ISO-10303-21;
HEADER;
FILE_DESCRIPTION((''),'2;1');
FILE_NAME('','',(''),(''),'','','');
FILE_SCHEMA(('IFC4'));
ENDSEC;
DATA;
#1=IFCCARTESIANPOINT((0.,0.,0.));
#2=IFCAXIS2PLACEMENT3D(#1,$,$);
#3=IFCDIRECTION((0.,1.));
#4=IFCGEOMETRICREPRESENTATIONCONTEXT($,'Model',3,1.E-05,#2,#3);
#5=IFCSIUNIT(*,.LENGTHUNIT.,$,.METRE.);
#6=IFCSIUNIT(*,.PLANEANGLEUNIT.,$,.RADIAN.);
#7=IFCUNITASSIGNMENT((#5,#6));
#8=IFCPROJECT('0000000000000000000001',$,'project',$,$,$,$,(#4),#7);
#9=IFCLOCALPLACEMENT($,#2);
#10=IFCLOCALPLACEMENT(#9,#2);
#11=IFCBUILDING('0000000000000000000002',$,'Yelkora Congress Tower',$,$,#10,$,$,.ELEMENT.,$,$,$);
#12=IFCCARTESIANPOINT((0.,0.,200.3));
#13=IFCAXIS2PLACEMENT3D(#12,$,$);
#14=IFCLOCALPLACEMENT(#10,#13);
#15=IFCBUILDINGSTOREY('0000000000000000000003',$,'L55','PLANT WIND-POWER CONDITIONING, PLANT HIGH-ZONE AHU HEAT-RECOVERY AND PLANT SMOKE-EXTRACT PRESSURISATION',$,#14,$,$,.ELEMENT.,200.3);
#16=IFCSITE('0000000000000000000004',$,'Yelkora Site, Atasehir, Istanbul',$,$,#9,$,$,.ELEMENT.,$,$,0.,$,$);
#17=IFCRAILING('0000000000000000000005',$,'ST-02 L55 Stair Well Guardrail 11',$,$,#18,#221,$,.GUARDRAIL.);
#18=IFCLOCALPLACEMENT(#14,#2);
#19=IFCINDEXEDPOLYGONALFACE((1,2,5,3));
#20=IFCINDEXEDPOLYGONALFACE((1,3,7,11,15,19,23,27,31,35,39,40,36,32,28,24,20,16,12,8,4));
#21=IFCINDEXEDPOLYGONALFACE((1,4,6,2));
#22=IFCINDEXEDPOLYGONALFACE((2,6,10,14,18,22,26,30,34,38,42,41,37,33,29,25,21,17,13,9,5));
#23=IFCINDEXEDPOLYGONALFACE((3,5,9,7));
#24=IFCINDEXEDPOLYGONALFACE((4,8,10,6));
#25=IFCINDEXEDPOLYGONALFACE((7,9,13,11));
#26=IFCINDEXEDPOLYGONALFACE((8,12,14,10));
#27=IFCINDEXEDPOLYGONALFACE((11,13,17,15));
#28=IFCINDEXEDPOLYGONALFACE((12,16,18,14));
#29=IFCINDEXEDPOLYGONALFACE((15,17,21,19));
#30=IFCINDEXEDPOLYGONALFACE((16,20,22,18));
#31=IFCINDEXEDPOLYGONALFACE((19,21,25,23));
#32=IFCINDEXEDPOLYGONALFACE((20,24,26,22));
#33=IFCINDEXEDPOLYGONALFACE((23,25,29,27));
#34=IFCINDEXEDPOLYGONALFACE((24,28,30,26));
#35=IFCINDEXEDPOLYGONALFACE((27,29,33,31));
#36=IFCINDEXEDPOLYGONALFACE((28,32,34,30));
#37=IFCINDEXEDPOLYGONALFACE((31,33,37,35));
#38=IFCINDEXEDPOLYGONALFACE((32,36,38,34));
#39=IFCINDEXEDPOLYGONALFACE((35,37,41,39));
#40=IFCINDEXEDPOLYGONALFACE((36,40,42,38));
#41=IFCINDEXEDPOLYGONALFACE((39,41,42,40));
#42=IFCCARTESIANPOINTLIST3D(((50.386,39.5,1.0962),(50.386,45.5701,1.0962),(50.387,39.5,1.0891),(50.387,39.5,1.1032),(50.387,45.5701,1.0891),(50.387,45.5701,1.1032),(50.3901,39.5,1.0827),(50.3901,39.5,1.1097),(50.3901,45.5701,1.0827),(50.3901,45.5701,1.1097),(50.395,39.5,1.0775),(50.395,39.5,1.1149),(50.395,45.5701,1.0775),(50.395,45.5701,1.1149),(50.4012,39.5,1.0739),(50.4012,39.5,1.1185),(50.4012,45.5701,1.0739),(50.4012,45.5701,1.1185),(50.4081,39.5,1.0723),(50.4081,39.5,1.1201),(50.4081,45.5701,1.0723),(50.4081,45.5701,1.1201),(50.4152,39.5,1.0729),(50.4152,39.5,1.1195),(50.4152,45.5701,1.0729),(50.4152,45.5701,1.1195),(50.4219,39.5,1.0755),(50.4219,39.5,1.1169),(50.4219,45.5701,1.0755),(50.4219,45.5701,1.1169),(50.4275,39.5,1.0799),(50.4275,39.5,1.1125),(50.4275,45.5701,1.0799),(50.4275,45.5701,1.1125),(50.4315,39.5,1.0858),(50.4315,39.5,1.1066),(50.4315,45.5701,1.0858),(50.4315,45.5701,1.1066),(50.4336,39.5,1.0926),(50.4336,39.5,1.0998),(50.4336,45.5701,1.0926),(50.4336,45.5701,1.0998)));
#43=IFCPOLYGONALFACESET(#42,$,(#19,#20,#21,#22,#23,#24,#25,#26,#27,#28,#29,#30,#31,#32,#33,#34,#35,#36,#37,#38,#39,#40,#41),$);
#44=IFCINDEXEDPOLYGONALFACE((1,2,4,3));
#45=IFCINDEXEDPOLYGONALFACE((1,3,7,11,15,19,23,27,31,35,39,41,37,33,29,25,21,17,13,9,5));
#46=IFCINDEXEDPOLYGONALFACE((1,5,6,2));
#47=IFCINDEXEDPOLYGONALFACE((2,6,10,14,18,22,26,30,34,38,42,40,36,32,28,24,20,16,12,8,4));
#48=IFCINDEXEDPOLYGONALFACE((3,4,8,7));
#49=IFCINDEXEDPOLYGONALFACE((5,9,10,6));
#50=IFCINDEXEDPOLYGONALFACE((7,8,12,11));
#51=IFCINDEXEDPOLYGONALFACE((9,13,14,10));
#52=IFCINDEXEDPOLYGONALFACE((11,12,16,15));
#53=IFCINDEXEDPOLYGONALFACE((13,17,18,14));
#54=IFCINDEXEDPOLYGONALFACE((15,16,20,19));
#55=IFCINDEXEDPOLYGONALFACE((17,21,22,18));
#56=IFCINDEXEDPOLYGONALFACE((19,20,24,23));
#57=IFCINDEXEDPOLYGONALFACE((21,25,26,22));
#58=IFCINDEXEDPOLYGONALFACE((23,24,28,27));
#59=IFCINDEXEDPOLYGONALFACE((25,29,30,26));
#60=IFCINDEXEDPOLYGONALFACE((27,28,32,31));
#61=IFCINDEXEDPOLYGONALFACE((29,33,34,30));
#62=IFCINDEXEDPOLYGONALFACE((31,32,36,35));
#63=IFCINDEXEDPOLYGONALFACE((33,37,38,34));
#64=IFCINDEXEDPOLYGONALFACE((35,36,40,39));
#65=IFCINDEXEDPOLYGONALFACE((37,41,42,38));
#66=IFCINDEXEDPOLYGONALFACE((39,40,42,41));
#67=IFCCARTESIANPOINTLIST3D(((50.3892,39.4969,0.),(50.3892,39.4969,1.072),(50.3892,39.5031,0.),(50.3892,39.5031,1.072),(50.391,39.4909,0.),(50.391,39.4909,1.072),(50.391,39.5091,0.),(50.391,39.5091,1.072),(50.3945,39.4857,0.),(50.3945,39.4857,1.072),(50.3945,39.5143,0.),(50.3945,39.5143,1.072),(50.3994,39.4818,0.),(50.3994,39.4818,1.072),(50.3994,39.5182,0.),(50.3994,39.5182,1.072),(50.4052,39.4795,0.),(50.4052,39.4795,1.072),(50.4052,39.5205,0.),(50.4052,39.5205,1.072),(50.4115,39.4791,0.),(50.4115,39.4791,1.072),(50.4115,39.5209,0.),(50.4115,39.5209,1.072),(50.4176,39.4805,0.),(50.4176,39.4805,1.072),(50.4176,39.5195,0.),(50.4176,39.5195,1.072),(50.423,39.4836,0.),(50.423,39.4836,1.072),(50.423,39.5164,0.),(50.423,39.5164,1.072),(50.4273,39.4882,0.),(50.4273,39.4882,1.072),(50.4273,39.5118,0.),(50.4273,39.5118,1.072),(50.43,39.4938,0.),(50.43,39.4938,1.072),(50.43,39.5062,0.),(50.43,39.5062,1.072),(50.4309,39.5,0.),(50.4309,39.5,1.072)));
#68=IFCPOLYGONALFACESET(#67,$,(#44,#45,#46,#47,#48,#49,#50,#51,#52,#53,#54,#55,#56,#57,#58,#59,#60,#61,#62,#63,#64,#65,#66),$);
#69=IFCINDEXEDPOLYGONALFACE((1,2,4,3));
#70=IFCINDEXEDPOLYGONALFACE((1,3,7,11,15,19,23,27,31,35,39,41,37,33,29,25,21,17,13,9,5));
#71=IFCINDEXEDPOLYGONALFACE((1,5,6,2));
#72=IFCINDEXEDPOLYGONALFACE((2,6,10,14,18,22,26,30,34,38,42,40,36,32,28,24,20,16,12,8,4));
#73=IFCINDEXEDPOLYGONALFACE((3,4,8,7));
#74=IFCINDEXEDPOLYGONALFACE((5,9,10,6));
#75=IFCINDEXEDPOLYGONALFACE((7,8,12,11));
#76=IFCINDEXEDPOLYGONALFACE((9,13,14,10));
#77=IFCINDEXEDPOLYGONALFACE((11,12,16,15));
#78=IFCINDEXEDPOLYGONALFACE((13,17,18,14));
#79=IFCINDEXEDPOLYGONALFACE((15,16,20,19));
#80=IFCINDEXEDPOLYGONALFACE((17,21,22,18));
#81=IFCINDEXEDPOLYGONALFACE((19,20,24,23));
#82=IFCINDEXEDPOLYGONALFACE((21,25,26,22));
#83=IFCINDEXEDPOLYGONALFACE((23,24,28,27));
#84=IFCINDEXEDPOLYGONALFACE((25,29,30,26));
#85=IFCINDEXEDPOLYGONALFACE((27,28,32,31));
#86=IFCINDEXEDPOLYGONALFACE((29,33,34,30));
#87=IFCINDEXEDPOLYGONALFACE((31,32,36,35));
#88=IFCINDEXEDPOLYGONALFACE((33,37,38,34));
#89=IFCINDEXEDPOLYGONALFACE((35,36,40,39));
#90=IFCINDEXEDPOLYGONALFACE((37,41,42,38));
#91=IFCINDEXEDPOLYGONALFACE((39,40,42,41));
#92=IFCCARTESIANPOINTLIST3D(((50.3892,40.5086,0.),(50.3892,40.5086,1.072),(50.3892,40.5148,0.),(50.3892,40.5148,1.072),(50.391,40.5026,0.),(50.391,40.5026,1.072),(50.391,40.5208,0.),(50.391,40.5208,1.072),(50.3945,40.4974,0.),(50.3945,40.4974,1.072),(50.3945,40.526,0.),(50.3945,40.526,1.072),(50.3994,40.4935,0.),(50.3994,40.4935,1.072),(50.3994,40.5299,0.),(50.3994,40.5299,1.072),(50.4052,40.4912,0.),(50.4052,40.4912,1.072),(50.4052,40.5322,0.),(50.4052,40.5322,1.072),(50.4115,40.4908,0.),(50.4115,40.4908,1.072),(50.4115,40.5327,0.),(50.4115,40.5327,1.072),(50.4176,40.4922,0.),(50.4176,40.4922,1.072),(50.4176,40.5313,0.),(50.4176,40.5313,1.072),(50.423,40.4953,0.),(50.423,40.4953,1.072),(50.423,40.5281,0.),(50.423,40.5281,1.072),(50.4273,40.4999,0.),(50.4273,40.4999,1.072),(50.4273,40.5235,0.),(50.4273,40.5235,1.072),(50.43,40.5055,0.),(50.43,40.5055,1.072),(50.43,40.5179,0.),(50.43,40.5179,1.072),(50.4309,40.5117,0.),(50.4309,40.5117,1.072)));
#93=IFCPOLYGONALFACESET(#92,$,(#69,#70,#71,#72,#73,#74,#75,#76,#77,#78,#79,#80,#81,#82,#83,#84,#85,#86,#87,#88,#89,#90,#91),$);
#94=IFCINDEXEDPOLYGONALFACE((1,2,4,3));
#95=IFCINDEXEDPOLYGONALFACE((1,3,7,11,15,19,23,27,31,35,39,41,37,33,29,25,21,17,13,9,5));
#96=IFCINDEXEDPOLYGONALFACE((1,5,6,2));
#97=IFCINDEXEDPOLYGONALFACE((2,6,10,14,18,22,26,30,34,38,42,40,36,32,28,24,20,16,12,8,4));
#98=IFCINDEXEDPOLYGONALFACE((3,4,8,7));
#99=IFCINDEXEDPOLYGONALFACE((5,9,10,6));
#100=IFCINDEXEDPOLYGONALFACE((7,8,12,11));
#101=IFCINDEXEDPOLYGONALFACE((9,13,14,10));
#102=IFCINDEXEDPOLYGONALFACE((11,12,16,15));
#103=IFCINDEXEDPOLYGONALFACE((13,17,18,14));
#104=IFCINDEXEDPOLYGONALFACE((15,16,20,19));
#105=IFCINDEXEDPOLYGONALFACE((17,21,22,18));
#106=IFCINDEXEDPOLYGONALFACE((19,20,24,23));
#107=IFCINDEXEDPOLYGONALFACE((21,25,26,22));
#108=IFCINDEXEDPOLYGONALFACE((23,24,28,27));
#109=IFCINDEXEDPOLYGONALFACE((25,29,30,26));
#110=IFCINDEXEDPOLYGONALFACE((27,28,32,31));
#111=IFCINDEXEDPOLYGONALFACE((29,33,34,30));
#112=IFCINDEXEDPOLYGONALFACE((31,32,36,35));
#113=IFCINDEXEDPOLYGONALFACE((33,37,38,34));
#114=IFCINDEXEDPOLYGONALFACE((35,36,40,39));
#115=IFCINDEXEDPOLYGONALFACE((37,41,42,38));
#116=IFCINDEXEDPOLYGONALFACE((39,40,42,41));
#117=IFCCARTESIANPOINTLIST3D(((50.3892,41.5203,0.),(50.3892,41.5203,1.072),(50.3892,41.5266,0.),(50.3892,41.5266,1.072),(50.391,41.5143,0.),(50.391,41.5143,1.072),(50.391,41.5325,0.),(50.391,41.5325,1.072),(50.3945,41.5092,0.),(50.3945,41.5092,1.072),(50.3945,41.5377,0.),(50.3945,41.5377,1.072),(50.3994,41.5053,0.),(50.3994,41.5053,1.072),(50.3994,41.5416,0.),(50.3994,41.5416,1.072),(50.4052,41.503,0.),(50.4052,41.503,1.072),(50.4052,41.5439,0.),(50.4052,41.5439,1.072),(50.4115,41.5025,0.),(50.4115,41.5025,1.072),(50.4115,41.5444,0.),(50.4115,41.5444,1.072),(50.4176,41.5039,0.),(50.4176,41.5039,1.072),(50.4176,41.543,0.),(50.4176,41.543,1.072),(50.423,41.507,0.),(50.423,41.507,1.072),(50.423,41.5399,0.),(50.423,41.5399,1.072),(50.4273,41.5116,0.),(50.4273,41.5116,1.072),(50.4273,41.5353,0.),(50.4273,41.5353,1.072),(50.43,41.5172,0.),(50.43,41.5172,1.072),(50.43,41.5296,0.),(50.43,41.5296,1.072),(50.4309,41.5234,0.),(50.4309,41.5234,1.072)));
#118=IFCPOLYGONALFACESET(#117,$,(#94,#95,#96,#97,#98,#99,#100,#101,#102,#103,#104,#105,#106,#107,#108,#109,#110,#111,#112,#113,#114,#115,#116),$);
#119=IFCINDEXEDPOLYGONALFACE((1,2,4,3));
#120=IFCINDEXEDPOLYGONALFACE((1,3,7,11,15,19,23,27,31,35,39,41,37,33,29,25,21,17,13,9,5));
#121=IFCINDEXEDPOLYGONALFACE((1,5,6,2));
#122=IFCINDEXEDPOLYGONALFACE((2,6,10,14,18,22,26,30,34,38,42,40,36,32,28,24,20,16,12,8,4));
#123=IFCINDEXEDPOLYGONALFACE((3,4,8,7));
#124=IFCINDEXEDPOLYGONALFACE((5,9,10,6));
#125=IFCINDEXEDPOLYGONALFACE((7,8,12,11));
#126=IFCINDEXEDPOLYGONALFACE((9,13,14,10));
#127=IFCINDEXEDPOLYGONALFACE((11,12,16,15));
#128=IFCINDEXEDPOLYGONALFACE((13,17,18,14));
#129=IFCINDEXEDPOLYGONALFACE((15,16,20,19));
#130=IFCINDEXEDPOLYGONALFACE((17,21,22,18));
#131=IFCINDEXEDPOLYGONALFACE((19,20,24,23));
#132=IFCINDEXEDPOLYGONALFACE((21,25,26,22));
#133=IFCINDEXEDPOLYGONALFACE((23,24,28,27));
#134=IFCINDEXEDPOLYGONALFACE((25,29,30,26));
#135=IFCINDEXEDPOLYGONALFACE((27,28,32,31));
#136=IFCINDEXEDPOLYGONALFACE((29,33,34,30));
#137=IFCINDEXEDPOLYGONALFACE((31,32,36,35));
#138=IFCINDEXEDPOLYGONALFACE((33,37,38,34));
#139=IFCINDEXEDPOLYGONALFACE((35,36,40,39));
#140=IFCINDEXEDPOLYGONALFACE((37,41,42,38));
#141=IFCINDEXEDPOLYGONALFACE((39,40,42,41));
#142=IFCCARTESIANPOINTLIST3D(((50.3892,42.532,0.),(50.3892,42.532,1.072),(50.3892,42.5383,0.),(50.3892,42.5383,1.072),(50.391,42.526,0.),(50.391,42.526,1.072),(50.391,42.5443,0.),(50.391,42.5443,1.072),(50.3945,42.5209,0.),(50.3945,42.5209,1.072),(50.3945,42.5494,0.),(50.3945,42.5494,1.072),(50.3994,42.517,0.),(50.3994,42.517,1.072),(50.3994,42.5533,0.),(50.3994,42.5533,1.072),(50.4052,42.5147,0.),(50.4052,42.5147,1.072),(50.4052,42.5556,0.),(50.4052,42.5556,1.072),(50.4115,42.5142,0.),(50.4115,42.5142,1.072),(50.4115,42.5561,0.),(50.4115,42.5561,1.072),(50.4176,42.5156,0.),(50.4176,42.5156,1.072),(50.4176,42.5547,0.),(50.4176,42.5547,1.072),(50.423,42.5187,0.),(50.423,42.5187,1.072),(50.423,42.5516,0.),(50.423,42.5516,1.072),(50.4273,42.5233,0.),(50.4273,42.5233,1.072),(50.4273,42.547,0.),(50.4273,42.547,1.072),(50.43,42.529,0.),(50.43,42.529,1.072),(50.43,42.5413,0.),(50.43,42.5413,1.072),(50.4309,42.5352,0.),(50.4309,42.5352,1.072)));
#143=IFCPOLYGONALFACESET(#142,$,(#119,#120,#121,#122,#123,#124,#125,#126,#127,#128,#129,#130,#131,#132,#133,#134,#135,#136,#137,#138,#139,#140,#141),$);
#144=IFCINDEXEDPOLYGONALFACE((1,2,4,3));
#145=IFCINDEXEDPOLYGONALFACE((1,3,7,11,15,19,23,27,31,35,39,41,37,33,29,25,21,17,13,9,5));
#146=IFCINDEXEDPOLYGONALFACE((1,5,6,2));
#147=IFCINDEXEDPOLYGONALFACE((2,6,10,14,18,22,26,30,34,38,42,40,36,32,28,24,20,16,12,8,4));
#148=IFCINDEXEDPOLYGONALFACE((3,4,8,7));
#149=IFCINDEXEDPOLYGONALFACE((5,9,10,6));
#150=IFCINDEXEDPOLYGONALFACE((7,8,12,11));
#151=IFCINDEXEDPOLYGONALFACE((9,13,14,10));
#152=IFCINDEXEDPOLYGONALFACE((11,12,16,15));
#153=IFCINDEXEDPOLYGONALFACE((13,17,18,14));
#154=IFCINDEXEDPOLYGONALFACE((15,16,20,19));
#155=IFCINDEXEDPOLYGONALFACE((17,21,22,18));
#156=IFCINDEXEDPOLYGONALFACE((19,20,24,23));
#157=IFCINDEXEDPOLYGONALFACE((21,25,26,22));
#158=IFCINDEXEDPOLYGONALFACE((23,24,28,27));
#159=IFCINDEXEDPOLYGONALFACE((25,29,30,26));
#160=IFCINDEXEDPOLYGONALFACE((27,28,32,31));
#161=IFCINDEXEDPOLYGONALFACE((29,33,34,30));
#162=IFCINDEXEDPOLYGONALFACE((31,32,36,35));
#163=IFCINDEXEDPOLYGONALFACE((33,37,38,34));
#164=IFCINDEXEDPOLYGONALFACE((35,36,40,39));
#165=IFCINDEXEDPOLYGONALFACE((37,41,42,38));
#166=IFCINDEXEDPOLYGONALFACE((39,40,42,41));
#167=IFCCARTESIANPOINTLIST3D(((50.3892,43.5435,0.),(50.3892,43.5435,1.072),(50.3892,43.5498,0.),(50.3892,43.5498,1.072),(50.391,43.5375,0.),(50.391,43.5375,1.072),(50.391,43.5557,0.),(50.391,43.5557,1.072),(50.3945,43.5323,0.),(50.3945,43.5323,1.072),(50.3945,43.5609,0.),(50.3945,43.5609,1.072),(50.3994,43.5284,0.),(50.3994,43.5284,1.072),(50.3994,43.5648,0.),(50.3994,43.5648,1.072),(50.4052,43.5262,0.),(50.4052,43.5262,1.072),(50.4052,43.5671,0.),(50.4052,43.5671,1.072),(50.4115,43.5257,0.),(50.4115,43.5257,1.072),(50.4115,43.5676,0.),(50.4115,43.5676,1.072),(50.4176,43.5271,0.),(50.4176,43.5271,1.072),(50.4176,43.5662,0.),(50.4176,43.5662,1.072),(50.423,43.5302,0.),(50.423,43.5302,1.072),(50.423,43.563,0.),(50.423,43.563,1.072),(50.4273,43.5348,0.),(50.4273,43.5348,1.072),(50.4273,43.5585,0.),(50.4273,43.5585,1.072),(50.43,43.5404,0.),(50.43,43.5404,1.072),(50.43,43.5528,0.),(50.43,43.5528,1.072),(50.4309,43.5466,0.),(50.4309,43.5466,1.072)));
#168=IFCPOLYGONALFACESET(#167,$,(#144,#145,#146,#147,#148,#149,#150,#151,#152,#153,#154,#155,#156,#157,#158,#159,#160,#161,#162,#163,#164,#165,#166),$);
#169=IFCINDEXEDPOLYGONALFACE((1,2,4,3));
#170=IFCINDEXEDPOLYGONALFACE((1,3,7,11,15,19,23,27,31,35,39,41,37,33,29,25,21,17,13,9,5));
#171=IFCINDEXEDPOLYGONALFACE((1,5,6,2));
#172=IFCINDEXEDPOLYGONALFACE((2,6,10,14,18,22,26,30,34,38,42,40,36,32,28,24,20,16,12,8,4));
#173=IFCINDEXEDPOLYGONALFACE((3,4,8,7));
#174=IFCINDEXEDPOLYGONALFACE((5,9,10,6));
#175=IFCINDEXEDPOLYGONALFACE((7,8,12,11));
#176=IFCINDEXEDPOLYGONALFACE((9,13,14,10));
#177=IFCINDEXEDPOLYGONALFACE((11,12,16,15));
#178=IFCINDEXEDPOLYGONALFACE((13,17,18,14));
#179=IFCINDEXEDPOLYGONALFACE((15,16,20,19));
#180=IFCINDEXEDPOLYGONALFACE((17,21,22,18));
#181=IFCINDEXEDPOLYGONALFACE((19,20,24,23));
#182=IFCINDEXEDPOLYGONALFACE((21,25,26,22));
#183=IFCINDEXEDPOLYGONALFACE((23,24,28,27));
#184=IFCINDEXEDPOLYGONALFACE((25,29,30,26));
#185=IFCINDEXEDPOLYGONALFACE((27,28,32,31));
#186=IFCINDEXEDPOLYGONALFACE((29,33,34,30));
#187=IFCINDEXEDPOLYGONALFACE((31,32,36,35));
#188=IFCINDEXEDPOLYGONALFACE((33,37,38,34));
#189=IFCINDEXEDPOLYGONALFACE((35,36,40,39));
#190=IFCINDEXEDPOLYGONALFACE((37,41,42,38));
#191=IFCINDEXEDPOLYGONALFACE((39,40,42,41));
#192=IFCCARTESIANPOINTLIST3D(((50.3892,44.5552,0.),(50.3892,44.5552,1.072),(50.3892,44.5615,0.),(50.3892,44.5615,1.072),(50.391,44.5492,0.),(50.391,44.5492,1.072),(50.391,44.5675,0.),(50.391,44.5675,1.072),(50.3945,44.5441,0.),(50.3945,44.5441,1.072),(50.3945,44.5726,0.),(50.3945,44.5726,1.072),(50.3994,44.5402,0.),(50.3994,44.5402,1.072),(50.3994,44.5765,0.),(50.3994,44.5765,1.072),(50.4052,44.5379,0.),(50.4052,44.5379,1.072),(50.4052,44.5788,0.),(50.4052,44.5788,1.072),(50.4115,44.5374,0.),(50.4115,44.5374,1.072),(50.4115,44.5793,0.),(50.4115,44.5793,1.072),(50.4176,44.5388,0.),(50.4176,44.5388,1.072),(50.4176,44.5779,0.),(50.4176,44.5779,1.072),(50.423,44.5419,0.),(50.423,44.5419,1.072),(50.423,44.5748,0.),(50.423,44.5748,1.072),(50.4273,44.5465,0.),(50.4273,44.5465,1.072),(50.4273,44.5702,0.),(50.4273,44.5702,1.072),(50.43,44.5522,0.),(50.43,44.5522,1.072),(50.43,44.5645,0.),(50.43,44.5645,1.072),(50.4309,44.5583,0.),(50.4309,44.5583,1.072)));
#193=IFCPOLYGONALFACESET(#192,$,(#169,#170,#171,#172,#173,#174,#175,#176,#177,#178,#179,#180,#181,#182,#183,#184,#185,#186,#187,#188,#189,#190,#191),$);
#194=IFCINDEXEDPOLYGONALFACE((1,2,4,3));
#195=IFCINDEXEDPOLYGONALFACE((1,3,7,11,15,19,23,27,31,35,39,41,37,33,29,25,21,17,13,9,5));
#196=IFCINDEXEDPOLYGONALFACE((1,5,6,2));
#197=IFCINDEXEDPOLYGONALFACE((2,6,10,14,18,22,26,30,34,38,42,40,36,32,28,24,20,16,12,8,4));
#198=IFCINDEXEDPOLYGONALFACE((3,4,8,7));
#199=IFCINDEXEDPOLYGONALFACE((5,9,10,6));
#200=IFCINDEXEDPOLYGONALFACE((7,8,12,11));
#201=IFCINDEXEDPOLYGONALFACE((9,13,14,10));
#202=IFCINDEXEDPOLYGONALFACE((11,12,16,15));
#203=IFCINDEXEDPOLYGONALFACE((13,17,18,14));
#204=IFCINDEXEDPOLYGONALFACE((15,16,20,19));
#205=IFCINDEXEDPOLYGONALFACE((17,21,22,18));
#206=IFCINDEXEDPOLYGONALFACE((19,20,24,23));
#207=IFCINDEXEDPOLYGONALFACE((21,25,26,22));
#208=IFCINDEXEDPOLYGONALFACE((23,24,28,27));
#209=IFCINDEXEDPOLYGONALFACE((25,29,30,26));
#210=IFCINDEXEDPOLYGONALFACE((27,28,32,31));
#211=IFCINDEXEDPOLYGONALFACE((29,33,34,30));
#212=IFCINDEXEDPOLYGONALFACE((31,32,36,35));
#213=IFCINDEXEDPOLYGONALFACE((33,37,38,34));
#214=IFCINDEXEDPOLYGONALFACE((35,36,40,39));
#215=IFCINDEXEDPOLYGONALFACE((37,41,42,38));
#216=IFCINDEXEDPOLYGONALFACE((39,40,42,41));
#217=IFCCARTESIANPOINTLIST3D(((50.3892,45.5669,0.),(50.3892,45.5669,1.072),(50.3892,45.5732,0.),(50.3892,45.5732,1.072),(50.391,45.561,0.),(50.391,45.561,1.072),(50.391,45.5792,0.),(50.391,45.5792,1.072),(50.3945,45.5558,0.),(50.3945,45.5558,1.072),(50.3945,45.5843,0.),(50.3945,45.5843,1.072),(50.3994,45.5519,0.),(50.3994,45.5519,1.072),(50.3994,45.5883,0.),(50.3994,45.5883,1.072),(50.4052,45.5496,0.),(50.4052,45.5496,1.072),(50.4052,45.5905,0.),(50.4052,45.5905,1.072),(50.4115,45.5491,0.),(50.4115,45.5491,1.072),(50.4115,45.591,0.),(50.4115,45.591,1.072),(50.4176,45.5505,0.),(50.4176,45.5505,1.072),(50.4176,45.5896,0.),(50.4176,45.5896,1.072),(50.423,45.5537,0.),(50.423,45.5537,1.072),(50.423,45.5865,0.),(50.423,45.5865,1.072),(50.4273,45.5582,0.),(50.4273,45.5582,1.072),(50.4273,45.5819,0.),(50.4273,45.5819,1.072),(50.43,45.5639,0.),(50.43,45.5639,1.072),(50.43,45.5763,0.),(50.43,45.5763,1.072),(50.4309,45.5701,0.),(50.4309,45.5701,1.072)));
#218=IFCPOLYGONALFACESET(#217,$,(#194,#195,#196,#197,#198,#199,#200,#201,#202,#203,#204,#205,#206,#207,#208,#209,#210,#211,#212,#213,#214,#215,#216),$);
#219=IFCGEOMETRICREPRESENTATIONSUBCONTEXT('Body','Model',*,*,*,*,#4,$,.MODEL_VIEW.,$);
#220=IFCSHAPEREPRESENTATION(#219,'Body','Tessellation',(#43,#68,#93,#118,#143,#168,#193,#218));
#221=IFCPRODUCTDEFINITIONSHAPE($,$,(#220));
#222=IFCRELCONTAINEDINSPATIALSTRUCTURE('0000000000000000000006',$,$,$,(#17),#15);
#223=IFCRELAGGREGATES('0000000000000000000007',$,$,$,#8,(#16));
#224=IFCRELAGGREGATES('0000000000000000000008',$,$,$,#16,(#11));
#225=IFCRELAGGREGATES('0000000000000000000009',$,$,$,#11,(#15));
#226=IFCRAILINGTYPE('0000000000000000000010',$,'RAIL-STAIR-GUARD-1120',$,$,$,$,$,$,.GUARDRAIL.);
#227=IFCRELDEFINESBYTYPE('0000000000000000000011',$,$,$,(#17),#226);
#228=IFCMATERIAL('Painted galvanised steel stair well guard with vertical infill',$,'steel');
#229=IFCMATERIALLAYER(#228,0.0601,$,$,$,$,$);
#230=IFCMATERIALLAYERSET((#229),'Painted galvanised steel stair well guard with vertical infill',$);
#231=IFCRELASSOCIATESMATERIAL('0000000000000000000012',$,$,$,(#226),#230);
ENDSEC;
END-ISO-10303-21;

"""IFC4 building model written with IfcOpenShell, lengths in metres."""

from ifc_helpers import new_model, si_unit, direction, frame, origin, origin_2d, place, context, subcontext, project, spatial, circle, extrude, material, layer, layer_set, type_object, element, save


model = new_model("IFC4")

# Units and contexts
model_context = context("Model", 3, precision=1e-05, world=origin(), true_north=direction((0.0, 1.0)))
body_context = subcontext(model_context, "Body", "Model", "MODEL_VIEW")
ifc_project = project(units=[si_unit("LENGTHUNIT", "METRE"), si_unit("PLANEANGLEUNIT", "RADIAN")], contexts=[model_context])

# Site, building, storey
site_placement = place(None, origin())
site = spatial("IfcSite", under=ifc_project, at=site_placement, Name="Yelkora Site, Atasehir, Istanbul", CompositionType="ELEMENT", RefElevation=0.0)
building_placement = place(site_placement, origin())
building = spatial("IfcBuilding", under=site, at=building_placement, Name="Yelkora Congress Tower", CompositionType="ELEMENT")
storey_placement = place(building_placement, frame((0.0, 0.0, 200.3)))
storey = spatial("IfcBuildingStorey", under=building, at=storey_placement, Name="L55", Description="PLANT WIND-POWER CONDITIONING, PLANT HIGH-ZONE AHU HEAT-RECOVERY AND PLANT SMOKE-EXTRACT PRESSURISATION", CompositionType="ELEMENT", Elevation=200.3)

# Railing
ifc_material_1 = material(Name="Painted galvanised steel stair well guard with vertical infill", Category="steel")
ifc_layer_1 = layer(ifc_material_1, 0.0601)
ifc_layer_set_1 = layer_set([ifc_layer_1], Name="Painted galvanised steel stair well guard with vertical infill")
railing_type = type_object("IfcRailingType", Name="RAIL-STAIR-GUARD-1120", PredefinedType="GUARDRAIL", material=ifc_layer_set_1)
railing_placement = place(storey_placement, frame((50.4099, 39.5, 0.0)))
element("IfcRailing", 1, at=railing_placement, inside=storey, type_object=railing_type, Name="ST-02 L55 Stair Well Guardrail 11", PredefinedType="GUARDRAIL", context=body_context, shape_type="SweptSolid", body=[
    extrude(circle(Radius=0.0239, at=origin_2d()), frame((0.0, 0.0, 1.0962), z_axis=(0.0, 1.0, 0.0), x_axis=(-1.0, 0.0, 0.0)), (0.0, 0.0, 1.0), 6.0701),
    extrude(circle(Radius=0.021, at=origin_2d()), origin(), (0.0, 0.0, 1.0), 1.072),
    extrude(circle(Radius=0.021, at=origin_2d()), frame((0.0, 1.0117, 0.0)), (0.0, 0.0, 1.0), 1.072),
    extrude(circle(Radius=0.021, at=origin_2d()), frame((0.0, 2.0234, 0.0)), (0.0, 0.0, 1.0), 1.072),
    extrude(circle(Radius=0.021, at=origin_2d()), frame((0.0, 3.0352, 0.0)), (0.0, 0.0, 1.0), 1.072),
    extrude(circle(Radius=0.021, at=origin_2d()), frame((0.0, 4.0466, 0.0)), (0.0, 0.0, 1.0), 1.072),
    extrude(circle(Radius=0.021, at=origin_2d()), frame((0.0, 5.0583, 0.0)), (0.0, 0.0, 1.0), 1.072),
    extrude(circle(Radius=0.021, at=origin_2d()), frame((0.0, 6.0701, 0.0)), (0.0, 0.0, 1.0), 1.072),
])

save(model, "model.ifc")
